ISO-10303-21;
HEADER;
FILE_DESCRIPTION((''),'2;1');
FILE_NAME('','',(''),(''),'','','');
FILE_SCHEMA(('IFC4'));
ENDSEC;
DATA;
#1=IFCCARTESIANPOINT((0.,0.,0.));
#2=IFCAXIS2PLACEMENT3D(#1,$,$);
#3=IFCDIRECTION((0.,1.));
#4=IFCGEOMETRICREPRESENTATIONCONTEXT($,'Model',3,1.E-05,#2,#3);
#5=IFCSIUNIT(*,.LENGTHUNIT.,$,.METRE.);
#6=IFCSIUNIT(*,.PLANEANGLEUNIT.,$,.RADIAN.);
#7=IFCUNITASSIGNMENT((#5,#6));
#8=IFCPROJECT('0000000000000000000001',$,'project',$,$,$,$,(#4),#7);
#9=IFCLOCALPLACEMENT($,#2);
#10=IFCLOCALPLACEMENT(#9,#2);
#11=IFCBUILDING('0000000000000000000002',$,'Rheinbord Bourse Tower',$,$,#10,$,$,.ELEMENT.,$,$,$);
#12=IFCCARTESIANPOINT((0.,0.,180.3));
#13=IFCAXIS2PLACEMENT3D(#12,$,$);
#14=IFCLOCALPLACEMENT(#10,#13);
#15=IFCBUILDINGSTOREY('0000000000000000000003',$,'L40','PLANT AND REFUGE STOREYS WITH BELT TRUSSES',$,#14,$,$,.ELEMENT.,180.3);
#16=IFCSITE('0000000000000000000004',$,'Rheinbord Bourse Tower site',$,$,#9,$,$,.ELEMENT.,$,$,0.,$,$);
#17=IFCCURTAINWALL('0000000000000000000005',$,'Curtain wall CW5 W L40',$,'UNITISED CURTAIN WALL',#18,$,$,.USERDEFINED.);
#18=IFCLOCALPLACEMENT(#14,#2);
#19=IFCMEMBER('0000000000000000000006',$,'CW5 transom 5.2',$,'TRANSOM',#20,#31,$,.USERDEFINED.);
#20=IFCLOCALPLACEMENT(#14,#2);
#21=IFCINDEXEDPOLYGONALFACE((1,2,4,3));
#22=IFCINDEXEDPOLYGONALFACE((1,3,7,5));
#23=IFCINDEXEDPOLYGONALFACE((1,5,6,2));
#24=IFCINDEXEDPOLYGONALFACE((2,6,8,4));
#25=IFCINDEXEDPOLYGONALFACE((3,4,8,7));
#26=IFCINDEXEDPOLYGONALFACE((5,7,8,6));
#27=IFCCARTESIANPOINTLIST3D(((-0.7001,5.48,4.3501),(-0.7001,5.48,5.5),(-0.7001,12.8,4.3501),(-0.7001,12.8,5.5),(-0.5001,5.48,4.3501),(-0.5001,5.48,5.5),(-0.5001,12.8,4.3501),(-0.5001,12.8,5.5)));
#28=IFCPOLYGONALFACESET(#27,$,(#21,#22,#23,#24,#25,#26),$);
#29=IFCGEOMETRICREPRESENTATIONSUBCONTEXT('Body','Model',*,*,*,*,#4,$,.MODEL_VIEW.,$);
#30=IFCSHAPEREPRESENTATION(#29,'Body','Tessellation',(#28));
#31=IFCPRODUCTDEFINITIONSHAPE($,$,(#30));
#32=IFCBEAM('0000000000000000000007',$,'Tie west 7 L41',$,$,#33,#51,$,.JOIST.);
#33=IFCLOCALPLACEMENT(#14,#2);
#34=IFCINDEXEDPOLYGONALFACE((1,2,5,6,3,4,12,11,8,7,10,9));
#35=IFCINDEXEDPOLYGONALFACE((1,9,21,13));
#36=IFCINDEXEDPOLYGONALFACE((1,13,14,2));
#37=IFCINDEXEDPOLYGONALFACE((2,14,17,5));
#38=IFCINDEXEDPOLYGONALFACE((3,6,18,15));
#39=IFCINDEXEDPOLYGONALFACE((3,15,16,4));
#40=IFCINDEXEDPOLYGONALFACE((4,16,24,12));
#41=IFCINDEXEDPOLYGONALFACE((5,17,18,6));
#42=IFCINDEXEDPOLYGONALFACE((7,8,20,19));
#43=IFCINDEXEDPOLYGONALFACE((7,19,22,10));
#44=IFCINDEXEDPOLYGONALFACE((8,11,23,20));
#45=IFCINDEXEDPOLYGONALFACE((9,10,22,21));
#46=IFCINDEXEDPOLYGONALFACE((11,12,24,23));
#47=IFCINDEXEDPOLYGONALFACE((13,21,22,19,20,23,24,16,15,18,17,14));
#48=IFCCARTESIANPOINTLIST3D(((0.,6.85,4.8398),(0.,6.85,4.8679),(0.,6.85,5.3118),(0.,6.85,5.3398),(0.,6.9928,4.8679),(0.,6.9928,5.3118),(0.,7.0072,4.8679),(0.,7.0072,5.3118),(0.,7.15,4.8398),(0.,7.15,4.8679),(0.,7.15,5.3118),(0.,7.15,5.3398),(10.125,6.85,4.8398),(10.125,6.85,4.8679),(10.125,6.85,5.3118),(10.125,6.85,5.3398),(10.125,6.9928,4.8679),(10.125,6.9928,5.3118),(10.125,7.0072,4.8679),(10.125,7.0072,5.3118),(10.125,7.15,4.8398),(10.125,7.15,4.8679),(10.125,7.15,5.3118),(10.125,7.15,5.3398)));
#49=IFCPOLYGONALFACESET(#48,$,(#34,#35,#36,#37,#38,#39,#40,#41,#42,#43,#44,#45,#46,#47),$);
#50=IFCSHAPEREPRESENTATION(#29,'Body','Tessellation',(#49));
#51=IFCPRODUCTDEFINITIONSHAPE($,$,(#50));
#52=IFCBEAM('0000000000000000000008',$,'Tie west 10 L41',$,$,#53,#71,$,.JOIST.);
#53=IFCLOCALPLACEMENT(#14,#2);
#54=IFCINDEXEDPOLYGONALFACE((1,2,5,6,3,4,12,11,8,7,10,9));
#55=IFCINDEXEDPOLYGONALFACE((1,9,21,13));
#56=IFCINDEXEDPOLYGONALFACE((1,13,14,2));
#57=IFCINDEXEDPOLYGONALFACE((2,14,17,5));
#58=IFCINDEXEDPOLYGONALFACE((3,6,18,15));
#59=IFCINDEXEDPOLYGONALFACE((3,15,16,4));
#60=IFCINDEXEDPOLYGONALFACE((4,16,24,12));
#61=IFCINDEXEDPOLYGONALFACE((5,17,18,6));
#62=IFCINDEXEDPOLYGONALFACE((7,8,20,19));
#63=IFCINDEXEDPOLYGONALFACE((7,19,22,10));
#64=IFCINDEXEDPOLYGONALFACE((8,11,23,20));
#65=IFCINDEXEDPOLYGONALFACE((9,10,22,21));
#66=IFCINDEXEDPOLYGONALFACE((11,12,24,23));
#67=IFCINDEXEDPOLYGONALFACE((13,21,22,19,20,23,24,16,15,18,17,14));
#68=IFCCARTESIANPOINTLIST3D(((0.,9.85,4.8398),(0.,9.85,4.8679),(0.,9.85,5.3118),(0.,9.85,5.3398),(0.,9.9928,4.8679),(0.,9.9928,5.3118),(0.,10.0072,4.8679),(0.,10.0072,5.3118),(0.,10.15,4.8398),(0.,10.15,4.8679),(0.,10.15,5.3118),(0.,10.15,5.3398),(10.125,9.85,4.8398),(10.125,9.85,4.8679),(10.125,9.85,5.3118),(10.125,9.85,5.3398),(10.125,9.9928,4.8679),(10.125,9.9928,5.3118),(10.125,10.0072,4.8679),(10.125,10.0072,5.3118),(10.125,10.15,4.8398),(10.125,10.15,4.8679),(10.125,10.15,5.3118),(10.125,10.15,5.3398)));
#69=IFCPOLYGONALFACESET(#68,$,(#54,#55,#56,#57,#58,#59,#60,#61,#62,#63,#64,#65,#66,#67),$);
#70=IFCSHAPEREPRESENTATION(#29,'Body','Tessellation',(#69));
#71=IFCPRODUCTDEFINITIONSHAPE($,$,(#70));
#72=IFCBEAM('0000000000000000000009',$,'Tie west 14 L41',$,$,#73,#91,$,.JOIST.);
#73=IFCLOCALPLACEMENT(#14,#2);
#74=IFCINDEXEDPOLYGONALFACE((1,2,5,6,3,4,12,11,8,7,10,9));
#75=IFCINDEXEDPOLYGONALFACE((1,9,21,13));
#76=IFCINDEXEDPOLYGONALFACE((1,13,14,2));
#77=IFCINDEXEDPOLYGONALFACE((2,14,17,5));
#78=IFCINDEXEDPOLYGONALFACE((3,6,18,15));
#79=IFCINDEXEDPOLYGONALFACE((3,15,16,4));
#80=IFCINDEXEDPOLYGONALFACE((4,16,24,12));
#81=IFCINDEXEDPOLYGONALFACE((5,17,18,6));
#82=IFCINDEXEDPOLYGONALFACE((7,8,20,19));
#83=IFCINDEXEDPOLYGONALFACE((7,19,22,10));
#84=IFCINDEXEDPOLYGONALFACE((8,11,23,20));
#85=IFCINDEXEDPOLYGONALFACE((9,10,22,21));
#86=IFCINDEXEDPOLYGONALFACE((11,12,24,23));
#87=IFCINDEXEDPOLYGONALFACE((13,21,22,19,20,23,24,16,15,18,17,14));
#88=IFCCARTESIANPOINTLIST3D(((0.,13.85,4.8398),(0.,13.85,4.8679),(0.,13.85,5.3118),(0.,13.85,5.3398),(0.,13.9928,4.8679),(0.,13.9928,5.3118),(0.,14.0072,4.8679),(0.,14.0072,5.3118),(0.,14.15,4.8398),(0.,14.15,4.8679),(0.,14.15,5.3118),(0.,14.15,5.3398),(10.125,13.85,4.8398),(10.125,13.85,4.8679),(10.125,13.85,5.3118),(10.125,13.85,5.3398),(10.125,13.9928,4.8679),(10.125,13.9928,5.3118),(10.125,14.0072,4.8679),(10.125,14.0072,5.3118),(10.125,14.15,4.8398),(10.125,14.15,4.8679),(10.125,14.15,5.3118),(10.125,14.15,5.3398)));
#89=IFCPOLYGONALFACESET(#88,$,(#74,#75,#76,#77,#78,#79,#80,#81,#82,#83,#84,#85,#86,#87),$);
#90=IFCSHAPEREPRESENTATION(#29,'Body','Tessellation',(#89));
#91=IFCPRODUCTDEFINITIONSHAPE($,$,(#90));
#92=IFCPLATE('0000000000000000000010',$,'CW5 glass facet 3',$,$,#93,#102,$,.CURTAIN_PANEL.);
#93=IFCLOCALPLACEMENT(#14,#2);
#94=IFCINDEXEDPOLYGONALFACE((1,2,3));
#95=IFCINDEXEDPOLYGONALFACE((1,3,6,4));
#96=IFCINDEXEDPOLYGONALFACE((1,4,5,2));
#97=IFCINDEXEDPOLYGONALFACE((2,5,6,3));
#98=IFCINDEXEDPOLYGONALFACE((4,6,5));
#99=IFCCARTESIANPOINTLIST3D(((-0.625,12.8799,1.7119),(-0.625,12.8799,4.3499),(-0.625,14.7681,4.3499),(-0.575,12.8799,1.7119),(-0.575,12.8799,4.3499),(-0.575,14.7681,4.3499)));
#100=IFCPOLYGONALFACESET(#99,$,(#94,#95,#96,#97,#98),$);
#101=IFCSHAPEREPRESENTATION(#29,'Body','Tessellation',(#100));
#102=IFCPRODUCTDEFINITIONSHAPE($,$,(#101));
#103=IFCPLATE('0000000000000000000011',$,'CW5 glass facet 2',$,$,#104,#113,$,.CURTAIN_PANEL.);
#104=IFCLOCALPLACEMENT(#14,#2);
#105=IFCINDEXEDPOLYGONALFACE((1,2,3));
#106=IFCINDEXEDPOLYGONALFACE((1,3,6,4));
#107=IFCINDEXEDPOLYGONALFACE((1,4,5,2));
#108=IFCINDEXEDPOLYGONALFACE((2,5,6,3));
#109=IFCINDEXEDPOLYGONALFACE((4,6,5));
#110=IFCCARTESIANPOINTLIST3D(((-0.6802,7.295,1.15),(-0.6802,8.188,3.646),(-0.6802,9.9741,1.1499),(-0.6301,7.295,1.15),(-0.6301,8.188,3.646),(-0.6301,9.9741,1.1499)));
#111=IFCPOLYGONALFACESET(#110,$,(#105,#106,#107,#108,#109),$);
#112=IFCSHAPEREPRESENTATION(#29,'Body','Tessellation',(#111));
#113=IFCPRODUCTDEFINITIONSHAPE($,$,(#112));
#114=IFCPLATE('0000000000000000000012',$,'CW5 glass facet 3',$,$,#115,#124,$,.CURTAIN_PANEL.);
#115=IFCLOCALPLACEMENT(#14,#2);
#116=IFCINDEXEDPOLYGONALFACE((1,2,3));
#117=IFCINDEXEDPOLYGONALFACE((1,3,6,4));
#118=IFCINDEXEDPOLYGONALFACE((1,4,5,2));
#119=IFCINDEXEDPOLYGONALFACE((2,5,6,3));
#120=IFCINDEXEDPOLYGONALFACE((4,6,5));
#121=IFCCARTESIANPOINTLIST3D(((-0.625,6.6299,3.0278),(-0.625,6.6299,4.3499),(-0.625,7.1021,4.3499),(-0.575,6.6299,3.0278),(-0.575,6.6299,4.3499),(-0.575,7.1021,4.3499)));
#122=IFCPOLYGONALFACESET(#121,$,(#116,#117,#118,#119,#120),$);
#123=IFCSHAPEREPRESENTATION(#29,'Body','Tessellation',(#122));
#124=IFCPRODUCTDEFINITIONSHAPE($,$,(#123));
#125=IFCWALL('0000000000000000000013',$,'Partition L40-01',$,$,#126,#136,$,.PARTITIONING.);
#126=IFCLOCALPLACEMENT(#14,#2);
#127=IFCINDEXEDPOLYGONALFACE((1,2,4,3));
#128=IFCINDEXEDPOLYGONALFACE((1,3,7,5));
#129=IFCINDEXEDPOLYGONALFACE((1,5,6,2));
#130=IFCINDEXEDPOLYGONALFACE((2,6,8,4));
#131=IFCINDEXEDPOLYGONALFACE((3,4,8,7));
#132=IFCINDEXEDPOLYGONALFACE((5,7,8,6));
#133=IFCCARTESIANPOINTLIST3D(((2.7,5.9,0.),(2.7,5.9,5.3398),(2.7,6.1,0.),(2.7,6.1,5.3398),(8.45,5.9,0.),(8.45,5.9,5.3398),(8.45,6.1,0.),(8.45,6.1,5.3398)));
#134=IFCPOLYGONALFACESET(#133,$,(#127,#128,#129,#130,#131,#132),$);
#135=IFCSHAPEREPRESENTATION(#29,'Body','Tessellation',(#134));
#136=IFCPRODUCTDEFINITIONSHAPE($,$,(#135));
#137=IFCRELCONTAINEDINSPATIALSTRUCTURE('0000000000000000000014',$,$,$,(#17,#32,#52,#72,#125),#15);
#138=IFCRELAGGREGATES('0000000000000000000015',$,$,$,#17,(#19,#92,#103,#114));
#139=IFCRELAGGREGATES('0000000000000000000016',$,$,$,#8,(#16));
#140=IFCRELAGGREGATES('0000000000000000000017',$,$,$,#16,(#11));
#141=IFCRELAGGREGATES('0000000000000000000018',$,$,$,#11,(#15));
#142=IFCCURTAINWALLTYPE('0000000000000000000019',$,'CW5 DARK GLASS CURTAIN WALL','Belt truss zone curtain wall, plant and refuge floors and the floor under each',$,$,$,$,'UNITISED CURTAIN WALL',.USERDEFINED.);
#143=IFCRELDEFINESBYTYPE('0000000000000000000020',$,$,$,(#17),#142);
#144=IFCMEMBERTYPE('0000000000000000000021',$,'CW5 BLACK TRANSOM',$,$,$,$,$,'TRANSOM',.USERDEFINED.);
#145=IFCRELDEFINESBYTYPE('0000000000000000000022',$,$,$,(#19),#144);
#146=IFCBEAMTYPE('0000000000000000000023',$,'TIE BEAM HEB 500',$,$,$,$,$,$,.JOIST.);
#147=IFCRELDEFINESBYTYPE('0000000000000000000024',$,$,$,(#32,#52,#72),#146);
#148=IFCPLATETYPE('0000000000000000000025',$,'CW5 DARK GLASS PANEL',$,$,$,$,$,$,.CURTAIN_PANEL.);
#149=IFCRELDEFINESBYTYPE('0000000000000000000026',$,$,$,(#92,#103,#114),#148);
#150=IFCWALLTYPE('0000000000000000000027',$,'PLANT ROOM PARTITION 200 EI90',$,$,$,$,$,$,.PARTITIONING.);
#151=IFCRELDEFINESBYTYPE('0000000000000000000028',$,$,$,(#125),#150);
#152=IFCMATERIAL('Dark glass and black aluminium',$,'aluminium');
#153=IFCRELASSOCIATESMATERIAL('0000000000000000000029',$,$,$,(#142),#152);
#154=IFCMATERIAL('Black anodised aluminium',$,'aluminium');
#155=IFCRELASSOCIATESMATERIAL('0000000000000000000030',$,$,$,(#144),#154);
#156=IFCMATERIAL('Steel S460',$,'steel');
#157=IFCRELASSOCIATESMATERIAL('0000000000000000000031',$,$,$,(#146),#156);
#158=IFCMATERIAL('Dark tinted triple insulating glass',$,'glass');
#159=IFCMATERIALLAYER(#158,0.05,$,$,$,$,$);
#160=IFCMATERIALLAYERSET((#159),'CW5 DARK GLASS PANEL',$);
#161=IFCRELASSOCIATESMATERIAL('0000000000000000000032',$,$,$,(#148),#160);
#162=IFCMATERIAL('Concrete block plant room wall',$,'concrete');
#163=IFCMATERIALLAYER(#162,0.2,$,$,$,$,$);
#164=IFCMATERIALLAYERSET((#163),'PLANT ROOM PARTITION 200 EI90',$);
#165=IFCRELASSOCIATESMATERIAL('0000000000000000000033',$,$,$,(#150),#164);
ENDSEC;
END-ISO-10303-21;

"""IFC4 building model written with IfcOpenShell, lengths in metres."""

from ifc_helpers import new_model, si_unit, direction, frame, frame_2d, origin, origin_2d, place, context, subcontext, project, spatial, polyline, rectangle, i_section, outline, extrude, material, layer, layer_set, material_profile, profile_set, type_object, element, aggregate, save


model = new_model("IFC4")

# Units and contexts
model_context = context("Model", 3, precision=1e-05, world=origin(), true_north=direction((0.0, 1.0)))
body_context = subcontext(model_context, "Body", "Model", "MODEL_VIEW")
ifc_project = project(units=[si_unit("LENGTHUNIT", "METRE"), si_unit("PLANEANGLEUNIT", "RADIAN")], contexts=[model_context])

# Site, building, storey
site_placement = place(None, origin())
site = spatial("IfcSite", under=ifc_project, at=site_placement, Name="Rheinbord Bourse Tower site", CompositionType="ELEMENT", RefElevation=0.0)
building_placement = place(site_placement, origin())
building = spatial("IfcBuilding", under=site, at=building_placement, Name="Rheinbord Bourse Tower", CompositionType="ELEMENT")
storey_placement = place(building_placement, frame((0.0, 0.0, 180.3)))
storey = spatial("IfcBuildingStorey", under=building, at=storey_placement, Name="L40", Description="PLANT AND REFUGE STOREYS WITH BELT TRUSSES", CompositionType="ELEMENT", Elevation=180.3)

# Curtain wall, member
ifc_material_1 = material(Name="Dark glass and black aluminium", Category="aluminium")
curtain_wall_type = type_object("IfcCurtainWallType", Name="CW5 DARK GLASS CURTAIN WALL", Description="Belt truss zone curtain wall, plant and refuge floors and the floor under each", ElementType="UNITISED CURTAIN WALL", PredefinedType="USERDEFINED", material=ifc_material_1)
curtain_wall_placement = place(storey_placement, origin())
curtain_wall = element("IfcCurtainWall", 1, at=curtain_wall_placement, inside=storey, type_object=curtain_wall_type, Name="Curtain wall CW5 W L40", ObjectType="UNITISED CURTAIN WALL", PredefinedType="USERDEFINED")
ifc_material_2 = material(Name="Black anodised aluminium", Category="aluminium")
ifc_material_profile_1 = material_profile(ifc_material_2, rectangle(XDim=0.2, YDim=1.1499, at=origin_2d()), Name="CW5 TRANSOM 1150x200")
ifc_profile_set_1 = profile_set([ifc_material_profile_1], Name="Black anodised aluminium")
member_type_1 = type_object("IfcMemberType", Name="CW5 BLACK TRANSOM", ElementType="TRANSOM", PredefinedType="USERDEFINED", material=ifc_profile_set_1)
member_1_placement = place(storey_placement, frame((-0.6001, 12.8, 4.925), z_axis=(0.0, -1.0, 0.0), x_axis=(1.0, 0.0, 0.0)))
member_1 = element("IfcMember", 2, at=member_1_placement, type_object=member_type_1, Name="CW5 transom 5.2", ObjectType="TRANSOM", PredefinedType="USERDEFINED", context=body_context, shape_type="SweptSolid", body=[
    extrude(rectangle(XDim=0.2, YDim=1.1499, at=origin_2d()), origin(), (0.0, 0.0, 1.0), 7.3201),
])

# Beams
ifc_material_3 = material(Name="Steel S460", Category="steel")
ifc_material_profile_2 = material_profile(ifc_material_3, i_section(OverallWidth=0.3, OverallDepth=0.5, WebThickness=0.0144, FlangeThickness=0.0281, at=origin_2d()), Name="HEB 500")
ifc_profile_set_2 = profile_set([ifc_material_profile_2], Name="Steel S460")
beam_type_1 = type_object("IfcBeamType", Name="TIE BEAM HEB 500", PredefinedType="JOIST", material=ifc_profile_set_2)
for number, where, z_axis, x_axis, name in (
    (3, (0.0, 7.0, 5.0898), (1.0, 0.0, 0.0), (0.0, 1.0, 0.0), "Tie west 7 L41"),
    (4, (0.0, 10.0, 5.0898), (1.0, 0.0, 0.0), (0.0, 1.0, 0.0), "Tie west 10 L41"),
    (5, (0.0, 14.0, 5.0898), (1.0, 0.0, 0.0), (0.0, 1.0, 0.0), "Tie west 14 L41"),
):
    element("IfcBeam", number, at=place(storey_placement, frame(where, z_axis=z_axis, x_axis=x_axis)), inside=storey, type_object=beam_type_1, Name=name, PredefinedType="JOIST", context=body_context, shape_type="SweptSolid", body=[
        extrude(i_section(OverallWidth=0.3, OverallDepth=0.5, WebThickness=0.0144, FlangeThickness=0.0281, at=origin_2d()), origin(), (0.0, 0.0, 1.0), 10.125),
    ])

# Plates
ifc_material_4 = material(Name="Dark tinted triple insulating glass", Category="glass")
ifc_layer_1 = layer(ifc_material_4, 0.05)
ifc_layer_set_1 = layer_set([ifc_layer_1], Name="CW5 DARK GLASS PANEL")
plate_type = type_object("IfcPlateType", Name="CW5 DARK GLASS PANEL", PredefinedType="CURTAIN_PANEL", material=ifc_layer_set_1)
plate_1_placement = place(storey_placement, frame((-0.625, 12.8799, 4.3499), z_axis=(1.0, 0.0, 0.0), x_axis=(0.0, 0.0, -1.0)))
plate_1 = element("IfcPlate", 6, at=plate_1_placement, type_object=plate_type, Name="CW5 glass facet 3", PredefinedType="CURTAIN_PANEL", context=body_context, shape_type="SweptSolid", body=[
    extrude(outline(polyline([(0.0, 0.0), (2.6379, 0.0), (0.0, 1.8882), (0.0, 0.0)])), origin(), (0.0, 0.0, 1.0), 0.05),
])
plate_2_placement = place(storey_placement, frame((-0.6802, 9.9741, 1.1499), z_axis=(1.0, 0.0, 0.0), x_axis=(0.0, -0.58193, 0.813239)))
plate_2 = element("IfcPlate", 7, at=plate_2_placement, type_object=plate_type, Name="CW5 glass facet 2", PredefinedType="CURTAIN_PANEL", context=body_context, shape_type="SweptSolid", body=[
    extrude(outline(polyline([(0.0, 0.0), (3.0693, 0.0), (1.5591, 2.1787), (0.0, 0.0)])), origin(), (0.0, 0.0, 1.0), 0.05),
])
plate_3_placement = place(storey_placement, frame((-0.625, 6.6299, 4.3499), z_axis=(1.0, 0.0, 0.0), x_axis=(0.0, 0.0, -1.0)))
plate_3 = element("IfcPlate", 8, at=plate_3_placement, type_object=plate_type, Name="CW5 glass facet 3", PredefinedType="CURTAIN_PANEL", context=body_context, shape_type="SweptSolid", body=[
    extrude(outline(polyline([(0.0, 0.0), (1.322, 0.0), (0.0, 0.4722), (0.0, 0.0)])), origin(), (0.0, 0.0, 1.0), 0.05),
])
aggregate(curtain_wall, [member_1, plate_1, plate_2, plate_3])

# Wall
ifc_material_5 = material(Name="Concrete block plant room wall", Category="concrete")
ifc_layer_2 = layer(ifc_material_5, 0.2)
ifc_layer_set_2 = layer_set([ifc_layer_2], Name="PLANT ROOM PARTITION 200 EI90")
wall_type = type_object("IfcWallType", Name="PLANT ROOM PARTITION 200 EI90", PredefinedType="PARTITIONING", material=ifc_layer_set_2)
wall_1_placement = place(storey_placement, frame((2.7, 6.0, 0.0), z_axis=(0.0, 0.0, 1.0), x_axis=(1.0, 0.0, 0.0)))
element("IfcWall", 9, at=wall_1_placement, inside=storey, type_object=wall_type, Name="Partition L40-01", PredefinedType="PARTITIONING", context=body_context, shape_type="SweptSolid", body=[
    extrude(rectangle(XDim=5.75, YDim=0.2, at=frame_2d((2.875, 0.0))), origin(), (0.0, 0.0, 1.0), 5.3398),
])

save(model, "model.ifc")
